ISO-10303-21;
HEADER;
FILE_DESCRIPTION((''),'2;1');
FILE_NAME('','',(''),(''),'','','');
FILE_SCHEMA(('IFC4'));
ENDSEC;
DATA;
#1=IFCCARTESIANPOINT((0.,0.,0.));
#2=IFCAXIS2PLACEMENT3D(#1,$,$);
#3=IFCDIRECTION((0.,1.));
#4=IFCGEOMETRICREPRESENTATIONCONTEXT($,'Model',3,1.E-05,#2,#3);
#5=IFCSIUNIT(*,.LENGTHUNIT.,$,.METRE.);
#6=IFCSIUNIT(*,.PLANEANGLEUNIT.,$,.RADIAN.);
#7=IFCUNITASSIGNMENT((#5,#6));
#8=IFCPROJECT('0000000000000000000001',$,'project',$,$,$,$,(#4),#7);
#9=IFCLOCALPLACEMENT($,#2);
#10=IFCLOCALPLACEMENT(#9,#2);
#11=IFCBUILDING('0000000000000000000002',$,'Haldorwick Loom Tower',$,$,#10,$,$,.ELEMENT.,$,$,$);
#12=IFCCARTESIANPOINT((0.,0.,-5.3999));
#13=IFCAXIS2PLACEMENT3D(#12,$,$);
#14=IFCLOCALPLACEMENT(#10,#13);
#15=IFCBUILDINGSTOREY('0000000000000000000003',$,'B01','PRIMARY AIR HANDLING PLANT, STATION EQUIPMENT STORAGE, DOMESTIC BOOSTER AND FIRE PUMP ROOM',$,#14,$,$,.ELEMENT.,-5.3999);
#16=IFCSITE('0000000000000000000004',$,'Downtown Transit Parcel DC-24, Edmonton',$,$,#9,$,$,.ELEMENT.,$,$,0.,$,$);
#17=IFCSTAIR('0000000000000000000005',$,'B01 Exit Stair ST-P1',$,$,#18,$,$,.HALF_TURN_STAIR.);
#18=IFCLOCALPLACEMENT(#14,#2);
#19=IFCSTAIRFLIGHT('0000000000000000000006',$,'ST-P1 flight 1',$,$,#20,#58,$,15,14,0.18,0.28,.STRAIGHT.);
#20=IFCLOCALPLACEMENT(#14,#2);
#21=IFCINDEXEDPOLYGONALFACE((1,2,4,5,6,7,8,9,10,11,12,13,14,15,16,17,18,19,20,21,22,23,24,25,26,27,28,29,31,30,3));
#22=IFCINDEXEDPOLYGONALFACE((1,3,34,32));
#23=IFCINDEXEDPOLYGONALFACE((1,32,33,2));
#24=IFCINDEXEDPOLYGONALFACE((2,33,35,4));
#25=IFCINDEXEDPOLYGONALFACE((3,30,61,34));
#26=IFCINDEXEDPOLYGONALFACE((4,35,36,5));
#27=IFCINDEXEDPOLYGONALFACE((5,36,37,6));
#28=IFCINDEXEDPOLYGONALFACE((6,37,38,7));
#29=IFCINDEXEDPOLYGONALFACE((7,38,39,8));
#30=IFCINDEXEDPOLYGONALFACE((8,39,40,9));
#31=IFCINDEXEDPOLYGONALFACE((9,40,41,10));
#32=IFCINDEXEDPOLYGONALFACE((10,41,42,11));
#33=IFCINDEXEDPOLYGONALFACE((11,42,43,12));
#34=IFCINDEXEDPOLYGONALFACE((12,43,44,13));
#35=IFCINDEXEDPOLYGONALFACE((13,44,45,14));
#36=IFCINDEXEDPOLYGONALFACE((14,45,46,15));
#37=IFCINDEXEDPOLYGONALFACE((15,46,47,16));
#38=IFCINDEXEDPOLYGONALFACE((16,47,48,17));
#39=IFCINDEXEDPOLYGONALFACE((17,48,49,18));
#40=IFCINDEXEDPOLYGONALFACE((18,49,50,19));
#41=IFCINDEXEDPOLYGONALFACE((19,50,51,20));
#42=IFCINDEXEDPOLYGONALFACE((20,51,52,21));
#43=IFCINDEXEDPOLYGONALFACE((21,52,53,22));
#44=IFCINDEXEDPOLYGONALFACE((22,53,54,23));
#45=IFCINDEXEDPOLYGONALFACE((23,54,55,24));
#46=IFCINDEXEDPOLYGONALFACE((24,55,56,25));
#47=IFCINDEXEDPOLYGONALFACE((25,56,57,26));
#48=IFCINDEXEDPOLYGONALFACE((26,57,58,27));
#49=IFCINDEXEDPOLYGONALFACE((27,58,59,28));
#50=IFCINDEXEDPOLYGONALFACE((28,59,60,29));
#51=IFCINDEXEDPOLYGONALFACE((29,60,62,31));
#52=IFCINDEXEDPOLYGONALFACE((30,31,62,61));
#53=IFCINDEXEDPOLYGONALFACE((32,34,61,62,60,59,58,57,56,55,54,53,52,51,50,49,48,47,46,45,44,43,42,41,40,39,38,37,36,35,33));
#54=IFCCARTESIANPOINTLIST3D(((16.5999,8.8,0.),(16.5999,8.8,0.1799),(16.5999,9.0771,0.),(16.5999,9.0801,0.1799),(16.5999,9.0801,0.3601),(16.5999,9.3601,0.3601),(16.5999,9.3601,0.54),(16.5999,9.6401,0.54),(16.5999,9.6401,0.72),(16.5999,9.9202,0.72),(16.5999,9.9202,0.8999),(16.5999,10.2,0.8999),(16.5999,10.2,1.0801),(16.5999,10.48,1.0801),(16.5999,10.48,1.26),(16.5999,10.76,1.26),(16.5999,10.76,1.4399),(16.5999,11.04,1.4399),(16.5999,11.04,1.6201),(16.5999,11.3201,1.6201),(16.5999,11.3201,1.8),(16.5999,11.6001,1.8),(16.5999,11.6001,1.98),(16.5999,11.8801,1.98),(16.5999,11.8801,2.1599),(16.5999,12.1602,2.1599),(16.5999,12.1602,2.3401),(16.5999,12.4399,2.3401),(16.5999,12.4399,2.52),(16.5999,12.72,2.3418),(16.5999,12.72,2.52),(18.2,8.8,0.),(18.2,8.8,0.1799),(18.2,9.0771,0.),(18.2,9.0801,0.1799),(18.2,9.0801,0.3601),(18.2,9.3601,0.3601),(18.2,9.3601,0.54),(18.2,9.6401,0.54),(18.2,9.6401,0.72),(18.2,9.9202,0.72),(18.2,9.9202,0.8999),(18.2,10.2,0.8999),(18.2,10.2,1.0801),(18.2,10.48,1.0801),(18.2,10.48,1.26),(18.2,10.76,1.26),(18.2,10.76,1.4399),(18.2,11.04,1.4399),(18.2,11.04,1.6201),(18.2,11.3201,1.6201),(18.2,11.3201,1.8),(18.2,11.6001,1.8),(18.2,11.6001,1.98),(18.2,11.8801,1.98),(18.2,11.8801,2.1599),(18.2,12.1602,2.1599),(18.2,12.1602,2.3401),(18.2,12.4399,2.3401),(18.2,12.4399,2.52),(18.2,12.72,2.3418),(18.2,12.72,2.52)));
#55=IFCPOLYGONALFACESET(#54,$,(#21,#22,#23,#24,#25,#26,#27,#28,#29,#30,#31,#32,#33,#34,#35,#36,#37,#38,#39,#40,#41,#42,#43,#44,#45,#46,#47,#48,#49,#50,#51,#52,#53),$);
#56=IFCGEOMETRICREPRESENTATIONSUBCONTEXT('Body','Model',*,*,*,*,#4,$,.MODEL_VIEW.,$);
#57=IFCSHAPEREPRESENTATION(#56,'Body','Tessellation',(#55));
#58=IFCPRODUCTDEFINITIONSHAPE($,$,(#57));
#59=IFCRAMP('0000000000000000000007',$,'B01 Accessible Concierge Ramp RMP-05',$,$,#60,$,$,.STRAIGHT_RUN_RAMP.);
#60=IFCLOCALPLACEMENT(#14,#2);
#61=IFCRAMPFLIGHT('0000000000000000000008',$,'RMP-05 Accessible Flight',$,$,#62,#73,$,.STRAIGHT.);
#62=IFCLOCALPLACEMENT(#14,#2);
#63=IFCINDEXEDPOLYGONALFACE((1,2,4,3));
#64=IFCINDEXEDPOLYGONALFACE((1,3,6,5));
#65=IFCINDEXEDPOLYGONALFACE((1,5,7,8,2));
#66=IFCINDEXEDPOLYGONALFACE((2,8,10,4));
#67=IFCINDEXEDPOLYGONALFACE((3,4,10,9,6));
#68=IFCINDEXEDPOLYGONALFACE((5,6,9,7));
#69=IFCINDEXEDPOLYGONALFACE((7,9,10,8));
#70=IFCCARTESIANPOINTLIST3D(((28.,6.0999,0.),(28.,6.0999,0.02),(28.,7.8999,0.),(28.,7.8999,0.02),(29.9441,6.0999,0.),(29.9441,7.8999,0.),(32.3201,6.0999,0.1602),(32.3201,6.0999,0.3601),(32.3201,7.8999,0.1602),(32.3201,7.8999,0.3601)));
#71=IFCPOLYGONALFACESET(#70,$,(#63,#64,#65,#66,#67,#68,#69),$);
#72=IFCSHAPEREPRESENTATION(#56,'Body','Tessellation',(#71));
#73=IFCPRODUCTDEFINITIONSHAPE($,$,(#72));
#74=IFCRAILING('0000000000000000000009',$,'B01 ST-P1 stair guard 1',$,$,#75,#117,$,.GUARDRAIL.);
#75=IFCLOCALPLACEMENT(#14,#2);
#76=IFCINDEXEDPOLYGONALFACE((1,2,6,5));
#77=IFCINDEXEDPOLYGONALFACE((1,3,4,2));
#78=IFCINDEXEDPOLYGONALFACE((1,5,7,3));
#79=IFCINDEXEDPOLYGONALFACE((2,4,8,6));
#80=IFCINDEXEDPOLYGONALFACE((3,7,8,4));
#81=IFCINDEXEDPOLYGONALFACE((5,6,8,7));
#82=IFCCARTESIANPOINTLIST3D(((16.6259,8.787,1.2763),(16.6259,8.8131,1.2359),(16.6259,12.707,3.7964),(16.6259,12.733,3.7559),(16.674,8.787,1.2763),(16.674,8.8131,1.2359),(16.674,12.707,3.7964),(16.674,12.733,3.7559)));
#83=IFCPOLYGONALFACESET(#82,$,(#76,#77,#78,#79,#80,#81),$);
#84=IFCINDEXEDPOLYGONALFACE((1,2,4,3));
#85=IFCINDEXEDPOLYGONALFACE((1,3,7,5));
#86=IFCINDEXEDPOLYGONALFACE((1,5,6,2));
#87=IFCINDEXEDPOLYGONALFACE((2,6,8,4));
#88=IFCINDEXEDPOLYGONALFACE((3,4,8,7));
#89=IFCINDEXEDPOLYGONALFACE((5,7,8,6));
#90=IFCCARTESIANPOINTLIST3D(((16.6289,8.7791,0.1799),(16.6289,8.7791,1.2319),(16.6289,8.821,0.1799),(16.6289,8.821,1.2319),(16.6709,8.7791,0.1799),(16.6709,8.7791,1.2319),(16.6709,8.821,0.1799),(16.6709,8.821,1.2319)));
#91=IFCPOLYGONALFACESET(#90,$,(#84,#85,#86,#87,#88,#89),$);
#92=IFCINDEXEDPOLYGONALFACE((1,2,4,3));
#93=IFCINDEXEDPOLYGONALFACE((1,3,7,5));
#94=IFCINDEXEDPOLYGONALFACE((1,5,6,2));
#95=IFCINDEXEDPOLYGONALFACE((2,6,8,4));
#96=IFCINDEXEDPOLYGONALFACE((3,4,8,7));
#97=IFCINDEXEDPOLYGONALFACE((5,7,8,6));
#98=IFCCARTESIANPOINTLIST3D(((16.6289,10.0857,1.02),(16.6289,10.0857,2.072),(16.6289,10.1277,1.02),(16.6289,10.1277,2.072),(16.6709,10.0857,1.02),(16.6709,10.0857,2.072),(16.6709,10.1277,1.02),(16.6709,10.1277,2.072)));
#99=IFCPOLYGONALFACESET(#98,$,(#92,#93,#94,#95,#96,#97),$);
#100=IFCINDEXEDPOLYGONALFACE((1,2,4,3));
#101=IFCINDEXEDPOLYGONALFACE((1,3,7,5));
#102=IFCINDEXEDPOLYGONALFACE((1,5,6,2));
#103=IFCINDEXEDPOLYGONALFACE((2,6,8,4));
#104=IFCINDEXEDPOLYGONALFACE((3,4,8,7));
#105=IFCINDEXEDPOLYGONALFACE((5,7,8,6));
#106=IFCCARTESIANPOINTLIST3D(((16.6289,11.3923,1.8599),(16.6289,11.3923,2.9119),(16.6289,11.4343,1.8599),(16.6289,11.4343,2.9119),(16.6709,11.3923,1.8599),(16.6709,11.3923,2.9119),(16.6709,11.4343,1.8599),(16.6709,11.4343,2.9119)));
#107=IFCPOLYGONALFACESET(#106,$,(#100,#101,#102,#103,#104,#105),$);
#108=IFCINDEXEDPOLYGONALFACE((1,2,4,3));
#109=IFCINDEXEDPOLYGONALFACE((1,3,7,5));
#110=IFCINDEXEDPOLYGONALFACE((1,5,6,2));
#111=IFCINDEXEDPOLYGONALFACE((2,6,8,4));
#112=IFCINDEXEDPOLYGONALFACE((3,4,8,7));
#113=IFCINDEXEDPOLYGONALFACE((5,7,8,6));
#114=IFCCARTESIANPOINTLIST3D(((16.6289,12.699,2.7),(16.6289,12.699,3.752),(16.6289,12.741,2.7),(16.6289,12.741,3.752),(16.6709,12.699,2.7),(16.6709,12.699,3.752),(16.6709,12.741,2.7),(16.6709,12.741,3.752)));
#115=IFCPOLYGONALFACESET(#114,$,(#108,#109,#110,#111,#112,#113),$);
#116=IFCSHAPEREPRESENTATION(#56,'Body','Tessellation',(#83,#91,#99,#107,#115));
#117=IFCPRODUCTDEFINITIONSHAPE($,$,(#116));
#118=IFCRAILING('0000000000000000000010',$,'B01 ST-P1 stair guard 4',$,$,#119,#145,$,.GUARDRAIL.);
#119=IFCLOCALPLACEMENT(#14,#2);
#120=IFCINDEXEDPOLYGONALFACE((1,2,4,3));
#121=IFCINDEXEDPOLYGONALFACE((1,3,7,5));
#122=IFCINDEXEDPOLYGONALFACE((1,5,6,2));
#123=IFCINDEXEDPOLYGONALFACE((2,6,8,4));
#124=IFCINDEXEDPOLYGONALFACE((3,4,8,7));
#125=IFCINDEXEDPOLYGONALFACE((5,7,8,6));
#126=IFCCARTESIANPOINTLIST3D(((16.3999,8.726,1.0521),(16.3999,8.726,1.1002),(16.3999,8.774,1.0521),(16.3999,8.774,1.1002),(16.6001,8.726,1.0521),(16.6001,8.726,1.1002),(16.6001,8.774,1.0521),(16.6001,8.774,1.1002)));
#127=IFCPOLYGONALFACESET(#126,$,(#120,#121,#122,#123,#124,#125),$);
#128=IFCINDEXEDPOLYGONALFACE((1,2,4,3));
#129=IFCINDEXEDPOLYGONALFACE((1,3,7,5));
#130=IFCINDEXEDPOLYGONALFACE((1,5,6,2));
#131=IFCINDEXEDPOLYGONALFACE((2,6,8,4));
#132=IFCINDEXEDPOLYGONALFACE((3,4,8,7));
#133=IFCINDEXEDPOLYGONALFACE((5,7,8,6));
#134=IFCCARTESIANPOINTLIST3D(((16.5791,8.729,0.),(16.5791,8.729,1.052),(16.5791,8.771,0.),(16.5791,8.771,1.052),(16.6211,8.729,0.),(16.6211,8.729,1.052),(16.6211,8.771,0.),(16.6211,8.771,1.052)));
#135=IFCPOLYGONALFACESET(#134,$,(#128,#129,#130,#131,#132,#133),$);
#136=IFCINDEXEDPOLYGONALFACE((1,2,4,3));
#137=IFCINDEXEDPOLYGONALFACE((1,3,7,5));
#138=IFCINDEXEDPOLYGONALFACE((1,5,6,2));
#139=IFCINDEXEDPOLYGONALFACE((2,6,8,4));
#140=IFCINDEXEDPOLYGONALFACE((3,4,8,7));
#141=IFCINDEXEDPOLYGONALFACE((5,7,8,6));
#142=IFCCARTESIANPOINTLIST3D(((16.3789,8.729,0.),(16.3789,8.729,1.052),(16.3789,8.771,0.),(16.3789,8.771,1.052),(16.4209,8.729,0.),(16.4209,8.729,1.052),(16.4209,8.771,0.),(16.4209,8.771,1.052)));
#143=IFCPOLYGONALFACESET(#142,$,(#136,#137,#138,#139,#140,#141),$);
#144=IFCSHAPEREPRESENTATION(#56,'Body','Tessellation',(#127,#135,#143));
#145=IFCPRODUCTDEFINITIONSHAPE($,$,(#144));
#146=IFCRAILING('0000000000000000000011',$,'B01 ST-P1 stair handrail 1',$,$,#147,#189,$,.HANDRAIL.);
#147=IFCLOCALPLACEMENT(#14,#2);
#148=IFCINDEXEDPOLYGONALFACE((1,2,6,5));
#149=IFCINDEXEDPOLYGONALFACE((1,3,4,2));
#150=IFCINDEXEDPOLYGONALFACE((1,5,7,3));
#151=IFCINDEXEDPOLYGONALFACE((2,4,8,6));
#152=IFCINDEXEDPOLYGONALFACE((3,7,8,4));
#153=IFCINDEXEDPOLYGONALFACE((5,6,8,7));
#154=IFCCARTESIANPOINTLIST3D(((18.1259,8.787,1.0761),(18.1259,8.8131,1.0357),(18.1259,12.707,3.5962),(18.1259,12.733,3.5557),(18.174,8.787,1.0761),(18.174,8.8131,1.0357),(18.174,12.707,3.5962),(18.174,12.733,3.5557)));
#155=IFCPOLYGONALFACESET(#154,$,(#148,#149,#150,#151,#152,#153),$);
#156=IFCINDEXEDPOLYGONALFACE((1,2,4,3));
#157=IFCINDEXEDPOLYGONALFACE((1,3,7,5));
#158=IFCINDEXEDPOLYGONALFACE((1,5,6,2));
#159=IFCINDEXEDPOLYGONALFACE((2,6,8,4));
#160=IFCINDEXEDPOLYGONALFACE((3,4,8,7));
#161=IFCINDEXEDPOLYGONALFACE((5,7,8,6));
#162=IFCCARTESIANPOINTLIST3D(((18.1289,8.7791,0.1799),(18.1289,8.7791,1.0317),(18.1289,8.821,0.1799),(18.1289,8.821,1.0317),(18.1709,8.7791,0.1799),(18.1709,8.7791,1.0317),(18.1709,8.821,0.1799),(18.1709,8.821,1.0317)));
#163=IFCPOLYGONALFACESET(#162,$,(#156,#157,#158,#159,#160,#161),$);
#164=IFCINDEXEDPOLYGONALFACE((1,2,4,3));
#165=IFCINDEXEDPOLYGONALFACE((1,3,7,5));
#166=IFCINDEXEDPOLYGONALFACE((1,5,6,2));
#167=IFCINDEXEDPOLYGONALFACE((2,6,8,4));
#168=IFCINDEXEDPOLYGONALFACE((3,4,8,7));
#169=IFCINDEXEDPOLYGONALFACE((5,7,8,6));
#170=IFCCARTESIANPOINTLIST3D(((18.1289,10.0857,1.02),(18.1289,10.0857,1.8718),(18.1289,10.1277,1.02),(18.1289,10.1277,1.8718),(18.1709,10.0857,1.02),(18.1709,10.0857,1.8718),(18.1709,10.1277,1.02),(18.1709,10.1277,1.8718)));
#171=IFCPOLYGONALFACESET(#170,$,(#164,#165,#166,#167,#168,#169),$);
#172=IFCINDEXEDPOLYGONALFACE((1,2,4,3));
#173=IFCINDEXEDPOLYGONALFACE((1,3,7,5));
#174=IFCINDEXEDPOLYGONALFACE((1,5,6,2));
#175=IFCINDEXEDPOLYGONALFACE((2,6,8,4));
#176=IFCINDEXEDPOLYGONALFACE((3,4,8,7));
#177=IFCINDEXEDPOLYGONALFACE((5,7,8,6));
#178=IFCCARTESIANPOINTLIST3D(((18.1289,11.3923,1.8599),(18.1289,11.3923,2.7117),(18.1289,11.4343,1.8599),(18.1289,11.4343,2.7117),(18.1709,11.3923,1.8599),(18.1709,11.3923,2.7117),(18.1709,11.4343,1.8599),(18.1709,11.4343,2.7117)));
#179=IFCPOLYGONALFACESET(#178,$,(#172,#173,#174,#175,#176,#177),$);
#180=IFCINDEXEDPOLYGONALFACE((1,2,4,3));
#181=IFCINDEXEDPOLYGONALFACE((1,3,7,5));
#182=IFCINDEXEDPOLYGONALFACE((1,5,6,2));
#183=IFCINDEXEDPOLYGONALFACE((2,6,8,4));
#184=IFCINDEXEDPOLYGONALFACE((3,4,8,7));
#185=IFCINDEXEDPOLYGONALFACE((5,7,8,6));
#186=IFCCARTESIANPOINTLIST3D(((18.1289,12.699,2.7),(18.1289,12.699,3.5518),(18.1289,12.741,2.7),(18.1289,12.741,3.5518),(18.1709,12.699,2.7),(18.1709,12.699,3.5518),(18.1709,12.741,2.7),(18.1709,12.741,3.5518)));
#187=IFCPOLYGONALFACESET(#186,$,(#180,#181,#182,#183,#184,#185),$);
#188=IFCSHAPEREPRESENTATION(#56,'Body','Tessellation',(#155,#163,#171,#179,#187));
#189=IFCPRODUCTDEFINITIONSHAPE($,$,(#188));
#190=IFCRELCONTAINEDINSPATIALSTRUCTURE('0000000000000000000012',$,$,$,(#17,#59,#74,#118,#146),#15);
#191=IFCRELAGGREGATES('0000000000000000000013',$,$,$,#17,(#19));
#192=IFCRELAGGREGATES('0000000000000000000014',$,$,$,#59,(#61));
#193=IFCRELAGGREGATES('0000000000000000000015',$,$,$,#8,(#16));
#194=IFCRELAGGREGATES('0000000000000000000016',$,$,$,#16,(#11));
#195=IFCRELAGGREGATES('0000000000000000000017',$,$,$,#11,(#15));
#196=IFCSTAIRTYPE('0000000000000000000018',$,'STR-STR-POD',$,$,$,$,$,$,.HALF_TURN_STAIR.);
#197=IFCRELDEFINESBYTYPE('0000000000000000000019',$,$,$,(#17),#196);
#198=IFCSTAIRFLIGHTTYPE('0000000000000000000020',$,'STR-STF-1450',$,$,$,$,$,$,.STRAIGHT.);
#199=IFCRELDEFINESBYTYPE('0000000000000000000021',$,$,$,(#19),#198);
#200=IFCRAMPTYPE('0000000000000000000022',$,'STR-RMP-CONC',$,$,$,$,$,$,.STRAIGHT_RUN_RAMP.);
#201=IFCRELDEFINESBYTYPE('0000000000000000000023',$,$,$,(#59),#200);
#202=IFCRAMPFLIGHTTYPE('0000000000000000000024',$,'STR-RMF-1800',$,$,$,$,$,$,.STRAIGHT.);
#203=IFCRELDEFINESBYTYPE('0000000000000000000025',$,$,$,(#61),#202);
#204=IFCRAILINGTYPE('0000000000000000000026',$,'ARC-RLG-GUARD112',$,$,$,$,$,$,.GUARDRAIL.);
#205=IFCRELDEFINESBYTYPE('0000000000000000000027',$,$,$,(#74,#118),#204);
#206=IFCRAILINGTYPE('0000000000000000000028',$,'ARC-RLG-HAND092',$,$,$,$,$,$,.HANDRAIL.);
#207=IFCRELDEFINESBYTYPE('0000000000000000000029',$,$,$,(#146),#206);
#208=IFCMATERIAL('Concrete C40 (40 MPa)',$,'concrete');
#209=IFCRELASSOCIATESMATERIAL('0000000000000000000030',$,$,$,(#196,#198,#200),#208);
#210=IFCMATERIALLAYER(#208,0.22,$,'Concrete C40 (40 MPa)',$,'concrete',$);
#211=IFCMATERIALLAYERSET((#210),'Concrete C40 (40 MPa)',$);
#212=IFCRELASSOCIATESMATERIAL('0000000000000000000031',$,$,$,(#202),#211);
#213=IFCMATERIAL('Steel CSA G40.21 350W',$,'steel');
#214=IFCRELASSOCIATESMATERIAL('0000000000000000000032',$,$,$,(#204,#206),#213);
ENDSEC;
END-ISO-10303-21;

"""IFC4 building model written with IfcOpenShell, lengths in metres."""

from ifc_helpers import new_model, si_unit, direction, frame, origin, origin_2d, place, context, subcontext, project, spatial, polyline, rectangle, outline, extrude, material, layer, layer_set, type_object, element, aggregate, save


model = new_model("IFC4")

# Units and contexts
model_context = context("Model", 3, precision=1e-05, world=origin(), true_north=direction((0.0, 1.0)))
body_context = subcontext(model_context, "Body", "Model", "MODEL_VIEW")
ifc_project = project(units=[si_unit("LENGTHUNIT", "METRE"), si_unit("PLANEANGLEUNIT", "RADIAN")], contexts=[model_context])

# Site, building, storey
site_placement = place(None, origin())
site = spatial("IfcSite", under=ifc_project, at=site_placement, Name="Downtown Transit Parcel DC-24, Edmonton", CompositionType="ELEMENT", RefElevation=0.0)
building_placement = place(site_placement, origin())
building = spatial("IfcBuilding", under=site, at=building_placement, Name="Haldorwick Loom Tower", CompositionType="ELEMENT")
storey_placement = place(building_placement, frame((0.0, 0.0, -5.3999)))
storey = spatial("IfcBuildingStorey", under=building, at=storey_placement, Name="B01", Description="PRIMARY AIR HANDLING PLANT, STATION EQUIPMENT STORAGE, DOMESTIC BOOSTER AND FIRE PUMP ROOM", CompositionType="ELEMENT", Elevation=-5.3999)

# Shared definitions
ifc_material_1 = material(Name="Steel CSA G40.21 350W", Category="steel")

# Stair, stair flight
ifc_material_2 = material(Name="Concrete C40 (40 MPa)", Category="concrete")
stair_type = type_object("IfcStairType", Name="STR-STR-POD", PredefinedType="HALF_TURN_STAIR", material=ifc_material_2)
stair_placement = place(storey_placement, origin())
stair = element("IfcStair", 1, at=stair_placement, inside=storey, type_object=stair_type, Name="B01 Exit Stair ST-P1", PredefinedType="HALF_TURN_STAIR")
stair_flight_type = type_object("IfcStairFlightType", Name="STR-STF-1450", PredefinedType="STRAIGHT", material=ifc_material_2)
stair_flight_placement = place(storey_placement, frame((17.3999, 8.8, 0.0), z_axis=(0.0, 0.0, 1.0), x_axis=(0.0, 1.0, 0.0)))
stair_flight = element("IfcStairFlight", 2, at=stair_flight_placement, type_object=stair_flight_type, Name="ST-P1 flight 1", NumberOfRisers=15, NumberOfTreads=14, PredefinedType="STRAIGHT", RiserHeight=0.18, TreadLength=0.28, context=body_context, shape_type="SweptSolid", body=[
    extrude(outline(polyline([(0.0, 0.0), (0.0, 0.1799), (0.28, 0.1799), (0.28, 0.3601), (0.5601, 0.3601), (0.5601, 0.54), (0.8401, 0.54), (0.8401, 0.72), (1.1201, 0.72), (1.1201, 0.8999), (1.3999, 0.8999), (1.3999, 1.0801), (1.6799, 1.0801), (1.6799, 1.26), (1.96, 1.26), (1.96, 1.4399), (2.24, 1.4399), (2.24, 1.6201), (2.52, 1.6201), (2.52, 1.8), (2.8, 1.8), (2.8, 1.98), (3.0801, 1.98), (3.0801, 2.1599), (3.3601, 2.1599), (3.3601, 2.3401), (3.6399, 2.3401), (3.6399, 2.52), (3.9199, 2.52), (3.9199, 2.7), (3.9199, 2.3418), (0.2771, 0.0), (0.0, 0.0)])), frame((0.0, 0.8, 0.0), z_axis=(0.0, -1.0, 0.0), x_axis=(1.0, 0.0, 0.0)), (0.0, 0.0, 1.0), 1.6001),
])
aggregate(stair, [stair_flight])

# Ramp, ramp flight
ramp_type = type_object("IfcRampType", Name="STR-RMP-CONC", PredefinedType="STRAIGHT_RUN_RAMP", material=ifc_material_2)
ramp_placement = place(storey_placement, origin())
ramp = element("IfcRamp", 3, at=ramp_placement, inside=storey, type_object=ramp_type, Name="B01 Accessible Concierge Ramp RMP-05", PredefinedType="STRAIGHT_RUN_RAMP")
ifc_layer_1 = layer(ifc_material_2, 0.22, Name="Concrete C40 (40 MPa)", Category="concrete")
ifc_layer_set_1 = layer_set([ifc_layer_1], Name="Concrete C40 (40 MPa)")
ramp_flight_type = type_object("IfcRampFlightType", Name="STR-RMF-1800", PredefinedType="STRAIGHT", material=ifc_layer_set_1)
ramp_flight_placement = place(storey_placement, frame((28.0, 7.0, 0.0), z_axis=(0.0, 0.0, 1.0), x_axis=(1.0, 0.0, 0.0)))
ramp_flight = element("IfcRampFlight", 4, at=ramp_flight_placement, type_object=ramp_flight_type, Name="RMP-05 Accessible Flight", PredefinedType="STRAIGHT", context=body_context, shape_type="SweptSolid", body=[
    extrude(outline(polyline([(0.0, 0.0), (0.0, 0.02), (4.3201, 0.3601), (4.3201, 0.1602), (1.9441, 0.0), (0.0, 0.0)])), frame((0.0, 0.8999, 0.0), z_axis=(0.0, -1.0, 0.0), x_axis=(1.0, 0.0, 0.0)), (0.0, 0.0, 1.0), 1.8),
])
aggregate(ramp, [ramp_flight])

# Railings
railing_type_1 = type_object("IfcRailingType", Name="ARC-RLG-GUARD112", PredefinedType="GUARDRAIL", material=ifc_material_1)
railing_1_placement = place(storey_placement, frame((16.6499, 8.8, 0.1799)))
element("IfcRailing", 5, at=railing_1_placement, inside=storey, type_object=railing_type_1, Name="B01 ST-P1 stair guard 1", PredefinedType="GUARDRAIL", context=body_context, shape_type="SweptSolid", body=[
    extrude(rectangle(XDim=0.0481, YDim=0.0481, at=origin_2d()), frame((0.0, 0.0, 1.0762), z_axis=(0.0, 0.841172, 0.540768), x_axis=(-1.0, 0.0, 0.0)), (0.0, 0.0, 1.0), 4.6602),
    extrude(rectangle(XDim=0.042, YDim=0.042, at=origin_2d()), origin(), (0.0, 0.0, 1.0), 1.052),
    extrude(rectangle(XDim=0.042, YDim=0.042, at=origin_2d()), frame((0.0, 1.3066, 0.8401)), (0.0, 0.0, 1.0), 1.052),
    extrude(rectangle(XDim=0.042, YDim=0.042, at=origin_2d()), frame((0.0, 2.6133, 1.6799)), (0.0, 0.0, 1.0), 1.052),
    extrude(rectangle(XDim=0.042, YDim=0.042, at=origin_2d()), frame((0.0, 3.9199, 2.52)), (0.0, 0.0, 1.0), 1.052),
])
railing_2_placement = place(storey_placement, frame((16.6001, 8.75, 0.0)))
element("IfcRailing", 6, at=railing_2_placement, inside=storey, type_object=railing_type_1, Name="B01 ST-P1 stair guard 4", PredefinedType="GUARDRAIL", context=body_context, shape_type="SweptSolid", body=[
    extrude(rectangle(XDim=0.0481, YDim=0.0481, at=origin_2d()), frame((0.0, 0.0, 1.0762), z_axis=(-1.0, 0.0, 0.0), x_axis=(0.0, -1.0, 0.0)), (0.0, 0.0, 1.0), 0.2002),
    extrude(rectangle(XDim=0.042, YDim=0.042, at=origin_2d()), origin(), (0.0, 0.0, 1.0), 1.052),
    extrude(rectangle(XDim=0.042, YDim=0.042, at=origin_2d()), frame((-0.2002, 0.0, 0.0)), (0.0, 0.0, 1.0), 1.052),
])
railing_type_2 = type_object("IfcRailingType", Name="ARC-RLG-HAND092", PredefinedType="HANDRAIL", material=ifc_material_1)
railing_3_placement = place(storey_placement, frame((18.1499, 8.8, 0.1799)))
element("IfcRailing", 7, at=railing_3_placement, inside=storey, type_object=railing_type_2, Name="B01 ST-P1 stair handrail 1", PredefinedType="HANDRAIL", context=body_context, shape_type="SweptSolid", body=[
    extrude(rectangle(XDim=0.0481, YDim=0.0481, at=origin_2d()), frame((0.0, 0.0, 0.876), z_axis=(0.0, 0.841172, 0.540768), x_axis=(-1.0, 0.0, 0.0)), (0.0, 0.0, 1.0), 4.6602),
    extrude(rectangle(XDim=0.042, YDim=0.042, at=origin_2d()), origin(), (0.0, 0.0, 1.0), 0.8518),
    extrude(rectangle(XDim=0.042, YDim=0.042, at=origin_2d()), frame((0.0, 1.3066, 0.8401)), (0.0, 0.0, 1.0), 0.8518),
    extrude(rectangle(XDim=0.042, YDim=0.042, at=origin_2d()), frame((0.0, 2.6133, 1.6799)), (0.0, 0.0, 1.0), 0.8518),
    extrude(rectangle(XDim=0.042, YDim=0.042, at=origin_2d()), frame((0.0, 3.9199, 2.52)), (0.0, 0.0, 1.0), 0.8518),
])

save(model, "model.ifc")
